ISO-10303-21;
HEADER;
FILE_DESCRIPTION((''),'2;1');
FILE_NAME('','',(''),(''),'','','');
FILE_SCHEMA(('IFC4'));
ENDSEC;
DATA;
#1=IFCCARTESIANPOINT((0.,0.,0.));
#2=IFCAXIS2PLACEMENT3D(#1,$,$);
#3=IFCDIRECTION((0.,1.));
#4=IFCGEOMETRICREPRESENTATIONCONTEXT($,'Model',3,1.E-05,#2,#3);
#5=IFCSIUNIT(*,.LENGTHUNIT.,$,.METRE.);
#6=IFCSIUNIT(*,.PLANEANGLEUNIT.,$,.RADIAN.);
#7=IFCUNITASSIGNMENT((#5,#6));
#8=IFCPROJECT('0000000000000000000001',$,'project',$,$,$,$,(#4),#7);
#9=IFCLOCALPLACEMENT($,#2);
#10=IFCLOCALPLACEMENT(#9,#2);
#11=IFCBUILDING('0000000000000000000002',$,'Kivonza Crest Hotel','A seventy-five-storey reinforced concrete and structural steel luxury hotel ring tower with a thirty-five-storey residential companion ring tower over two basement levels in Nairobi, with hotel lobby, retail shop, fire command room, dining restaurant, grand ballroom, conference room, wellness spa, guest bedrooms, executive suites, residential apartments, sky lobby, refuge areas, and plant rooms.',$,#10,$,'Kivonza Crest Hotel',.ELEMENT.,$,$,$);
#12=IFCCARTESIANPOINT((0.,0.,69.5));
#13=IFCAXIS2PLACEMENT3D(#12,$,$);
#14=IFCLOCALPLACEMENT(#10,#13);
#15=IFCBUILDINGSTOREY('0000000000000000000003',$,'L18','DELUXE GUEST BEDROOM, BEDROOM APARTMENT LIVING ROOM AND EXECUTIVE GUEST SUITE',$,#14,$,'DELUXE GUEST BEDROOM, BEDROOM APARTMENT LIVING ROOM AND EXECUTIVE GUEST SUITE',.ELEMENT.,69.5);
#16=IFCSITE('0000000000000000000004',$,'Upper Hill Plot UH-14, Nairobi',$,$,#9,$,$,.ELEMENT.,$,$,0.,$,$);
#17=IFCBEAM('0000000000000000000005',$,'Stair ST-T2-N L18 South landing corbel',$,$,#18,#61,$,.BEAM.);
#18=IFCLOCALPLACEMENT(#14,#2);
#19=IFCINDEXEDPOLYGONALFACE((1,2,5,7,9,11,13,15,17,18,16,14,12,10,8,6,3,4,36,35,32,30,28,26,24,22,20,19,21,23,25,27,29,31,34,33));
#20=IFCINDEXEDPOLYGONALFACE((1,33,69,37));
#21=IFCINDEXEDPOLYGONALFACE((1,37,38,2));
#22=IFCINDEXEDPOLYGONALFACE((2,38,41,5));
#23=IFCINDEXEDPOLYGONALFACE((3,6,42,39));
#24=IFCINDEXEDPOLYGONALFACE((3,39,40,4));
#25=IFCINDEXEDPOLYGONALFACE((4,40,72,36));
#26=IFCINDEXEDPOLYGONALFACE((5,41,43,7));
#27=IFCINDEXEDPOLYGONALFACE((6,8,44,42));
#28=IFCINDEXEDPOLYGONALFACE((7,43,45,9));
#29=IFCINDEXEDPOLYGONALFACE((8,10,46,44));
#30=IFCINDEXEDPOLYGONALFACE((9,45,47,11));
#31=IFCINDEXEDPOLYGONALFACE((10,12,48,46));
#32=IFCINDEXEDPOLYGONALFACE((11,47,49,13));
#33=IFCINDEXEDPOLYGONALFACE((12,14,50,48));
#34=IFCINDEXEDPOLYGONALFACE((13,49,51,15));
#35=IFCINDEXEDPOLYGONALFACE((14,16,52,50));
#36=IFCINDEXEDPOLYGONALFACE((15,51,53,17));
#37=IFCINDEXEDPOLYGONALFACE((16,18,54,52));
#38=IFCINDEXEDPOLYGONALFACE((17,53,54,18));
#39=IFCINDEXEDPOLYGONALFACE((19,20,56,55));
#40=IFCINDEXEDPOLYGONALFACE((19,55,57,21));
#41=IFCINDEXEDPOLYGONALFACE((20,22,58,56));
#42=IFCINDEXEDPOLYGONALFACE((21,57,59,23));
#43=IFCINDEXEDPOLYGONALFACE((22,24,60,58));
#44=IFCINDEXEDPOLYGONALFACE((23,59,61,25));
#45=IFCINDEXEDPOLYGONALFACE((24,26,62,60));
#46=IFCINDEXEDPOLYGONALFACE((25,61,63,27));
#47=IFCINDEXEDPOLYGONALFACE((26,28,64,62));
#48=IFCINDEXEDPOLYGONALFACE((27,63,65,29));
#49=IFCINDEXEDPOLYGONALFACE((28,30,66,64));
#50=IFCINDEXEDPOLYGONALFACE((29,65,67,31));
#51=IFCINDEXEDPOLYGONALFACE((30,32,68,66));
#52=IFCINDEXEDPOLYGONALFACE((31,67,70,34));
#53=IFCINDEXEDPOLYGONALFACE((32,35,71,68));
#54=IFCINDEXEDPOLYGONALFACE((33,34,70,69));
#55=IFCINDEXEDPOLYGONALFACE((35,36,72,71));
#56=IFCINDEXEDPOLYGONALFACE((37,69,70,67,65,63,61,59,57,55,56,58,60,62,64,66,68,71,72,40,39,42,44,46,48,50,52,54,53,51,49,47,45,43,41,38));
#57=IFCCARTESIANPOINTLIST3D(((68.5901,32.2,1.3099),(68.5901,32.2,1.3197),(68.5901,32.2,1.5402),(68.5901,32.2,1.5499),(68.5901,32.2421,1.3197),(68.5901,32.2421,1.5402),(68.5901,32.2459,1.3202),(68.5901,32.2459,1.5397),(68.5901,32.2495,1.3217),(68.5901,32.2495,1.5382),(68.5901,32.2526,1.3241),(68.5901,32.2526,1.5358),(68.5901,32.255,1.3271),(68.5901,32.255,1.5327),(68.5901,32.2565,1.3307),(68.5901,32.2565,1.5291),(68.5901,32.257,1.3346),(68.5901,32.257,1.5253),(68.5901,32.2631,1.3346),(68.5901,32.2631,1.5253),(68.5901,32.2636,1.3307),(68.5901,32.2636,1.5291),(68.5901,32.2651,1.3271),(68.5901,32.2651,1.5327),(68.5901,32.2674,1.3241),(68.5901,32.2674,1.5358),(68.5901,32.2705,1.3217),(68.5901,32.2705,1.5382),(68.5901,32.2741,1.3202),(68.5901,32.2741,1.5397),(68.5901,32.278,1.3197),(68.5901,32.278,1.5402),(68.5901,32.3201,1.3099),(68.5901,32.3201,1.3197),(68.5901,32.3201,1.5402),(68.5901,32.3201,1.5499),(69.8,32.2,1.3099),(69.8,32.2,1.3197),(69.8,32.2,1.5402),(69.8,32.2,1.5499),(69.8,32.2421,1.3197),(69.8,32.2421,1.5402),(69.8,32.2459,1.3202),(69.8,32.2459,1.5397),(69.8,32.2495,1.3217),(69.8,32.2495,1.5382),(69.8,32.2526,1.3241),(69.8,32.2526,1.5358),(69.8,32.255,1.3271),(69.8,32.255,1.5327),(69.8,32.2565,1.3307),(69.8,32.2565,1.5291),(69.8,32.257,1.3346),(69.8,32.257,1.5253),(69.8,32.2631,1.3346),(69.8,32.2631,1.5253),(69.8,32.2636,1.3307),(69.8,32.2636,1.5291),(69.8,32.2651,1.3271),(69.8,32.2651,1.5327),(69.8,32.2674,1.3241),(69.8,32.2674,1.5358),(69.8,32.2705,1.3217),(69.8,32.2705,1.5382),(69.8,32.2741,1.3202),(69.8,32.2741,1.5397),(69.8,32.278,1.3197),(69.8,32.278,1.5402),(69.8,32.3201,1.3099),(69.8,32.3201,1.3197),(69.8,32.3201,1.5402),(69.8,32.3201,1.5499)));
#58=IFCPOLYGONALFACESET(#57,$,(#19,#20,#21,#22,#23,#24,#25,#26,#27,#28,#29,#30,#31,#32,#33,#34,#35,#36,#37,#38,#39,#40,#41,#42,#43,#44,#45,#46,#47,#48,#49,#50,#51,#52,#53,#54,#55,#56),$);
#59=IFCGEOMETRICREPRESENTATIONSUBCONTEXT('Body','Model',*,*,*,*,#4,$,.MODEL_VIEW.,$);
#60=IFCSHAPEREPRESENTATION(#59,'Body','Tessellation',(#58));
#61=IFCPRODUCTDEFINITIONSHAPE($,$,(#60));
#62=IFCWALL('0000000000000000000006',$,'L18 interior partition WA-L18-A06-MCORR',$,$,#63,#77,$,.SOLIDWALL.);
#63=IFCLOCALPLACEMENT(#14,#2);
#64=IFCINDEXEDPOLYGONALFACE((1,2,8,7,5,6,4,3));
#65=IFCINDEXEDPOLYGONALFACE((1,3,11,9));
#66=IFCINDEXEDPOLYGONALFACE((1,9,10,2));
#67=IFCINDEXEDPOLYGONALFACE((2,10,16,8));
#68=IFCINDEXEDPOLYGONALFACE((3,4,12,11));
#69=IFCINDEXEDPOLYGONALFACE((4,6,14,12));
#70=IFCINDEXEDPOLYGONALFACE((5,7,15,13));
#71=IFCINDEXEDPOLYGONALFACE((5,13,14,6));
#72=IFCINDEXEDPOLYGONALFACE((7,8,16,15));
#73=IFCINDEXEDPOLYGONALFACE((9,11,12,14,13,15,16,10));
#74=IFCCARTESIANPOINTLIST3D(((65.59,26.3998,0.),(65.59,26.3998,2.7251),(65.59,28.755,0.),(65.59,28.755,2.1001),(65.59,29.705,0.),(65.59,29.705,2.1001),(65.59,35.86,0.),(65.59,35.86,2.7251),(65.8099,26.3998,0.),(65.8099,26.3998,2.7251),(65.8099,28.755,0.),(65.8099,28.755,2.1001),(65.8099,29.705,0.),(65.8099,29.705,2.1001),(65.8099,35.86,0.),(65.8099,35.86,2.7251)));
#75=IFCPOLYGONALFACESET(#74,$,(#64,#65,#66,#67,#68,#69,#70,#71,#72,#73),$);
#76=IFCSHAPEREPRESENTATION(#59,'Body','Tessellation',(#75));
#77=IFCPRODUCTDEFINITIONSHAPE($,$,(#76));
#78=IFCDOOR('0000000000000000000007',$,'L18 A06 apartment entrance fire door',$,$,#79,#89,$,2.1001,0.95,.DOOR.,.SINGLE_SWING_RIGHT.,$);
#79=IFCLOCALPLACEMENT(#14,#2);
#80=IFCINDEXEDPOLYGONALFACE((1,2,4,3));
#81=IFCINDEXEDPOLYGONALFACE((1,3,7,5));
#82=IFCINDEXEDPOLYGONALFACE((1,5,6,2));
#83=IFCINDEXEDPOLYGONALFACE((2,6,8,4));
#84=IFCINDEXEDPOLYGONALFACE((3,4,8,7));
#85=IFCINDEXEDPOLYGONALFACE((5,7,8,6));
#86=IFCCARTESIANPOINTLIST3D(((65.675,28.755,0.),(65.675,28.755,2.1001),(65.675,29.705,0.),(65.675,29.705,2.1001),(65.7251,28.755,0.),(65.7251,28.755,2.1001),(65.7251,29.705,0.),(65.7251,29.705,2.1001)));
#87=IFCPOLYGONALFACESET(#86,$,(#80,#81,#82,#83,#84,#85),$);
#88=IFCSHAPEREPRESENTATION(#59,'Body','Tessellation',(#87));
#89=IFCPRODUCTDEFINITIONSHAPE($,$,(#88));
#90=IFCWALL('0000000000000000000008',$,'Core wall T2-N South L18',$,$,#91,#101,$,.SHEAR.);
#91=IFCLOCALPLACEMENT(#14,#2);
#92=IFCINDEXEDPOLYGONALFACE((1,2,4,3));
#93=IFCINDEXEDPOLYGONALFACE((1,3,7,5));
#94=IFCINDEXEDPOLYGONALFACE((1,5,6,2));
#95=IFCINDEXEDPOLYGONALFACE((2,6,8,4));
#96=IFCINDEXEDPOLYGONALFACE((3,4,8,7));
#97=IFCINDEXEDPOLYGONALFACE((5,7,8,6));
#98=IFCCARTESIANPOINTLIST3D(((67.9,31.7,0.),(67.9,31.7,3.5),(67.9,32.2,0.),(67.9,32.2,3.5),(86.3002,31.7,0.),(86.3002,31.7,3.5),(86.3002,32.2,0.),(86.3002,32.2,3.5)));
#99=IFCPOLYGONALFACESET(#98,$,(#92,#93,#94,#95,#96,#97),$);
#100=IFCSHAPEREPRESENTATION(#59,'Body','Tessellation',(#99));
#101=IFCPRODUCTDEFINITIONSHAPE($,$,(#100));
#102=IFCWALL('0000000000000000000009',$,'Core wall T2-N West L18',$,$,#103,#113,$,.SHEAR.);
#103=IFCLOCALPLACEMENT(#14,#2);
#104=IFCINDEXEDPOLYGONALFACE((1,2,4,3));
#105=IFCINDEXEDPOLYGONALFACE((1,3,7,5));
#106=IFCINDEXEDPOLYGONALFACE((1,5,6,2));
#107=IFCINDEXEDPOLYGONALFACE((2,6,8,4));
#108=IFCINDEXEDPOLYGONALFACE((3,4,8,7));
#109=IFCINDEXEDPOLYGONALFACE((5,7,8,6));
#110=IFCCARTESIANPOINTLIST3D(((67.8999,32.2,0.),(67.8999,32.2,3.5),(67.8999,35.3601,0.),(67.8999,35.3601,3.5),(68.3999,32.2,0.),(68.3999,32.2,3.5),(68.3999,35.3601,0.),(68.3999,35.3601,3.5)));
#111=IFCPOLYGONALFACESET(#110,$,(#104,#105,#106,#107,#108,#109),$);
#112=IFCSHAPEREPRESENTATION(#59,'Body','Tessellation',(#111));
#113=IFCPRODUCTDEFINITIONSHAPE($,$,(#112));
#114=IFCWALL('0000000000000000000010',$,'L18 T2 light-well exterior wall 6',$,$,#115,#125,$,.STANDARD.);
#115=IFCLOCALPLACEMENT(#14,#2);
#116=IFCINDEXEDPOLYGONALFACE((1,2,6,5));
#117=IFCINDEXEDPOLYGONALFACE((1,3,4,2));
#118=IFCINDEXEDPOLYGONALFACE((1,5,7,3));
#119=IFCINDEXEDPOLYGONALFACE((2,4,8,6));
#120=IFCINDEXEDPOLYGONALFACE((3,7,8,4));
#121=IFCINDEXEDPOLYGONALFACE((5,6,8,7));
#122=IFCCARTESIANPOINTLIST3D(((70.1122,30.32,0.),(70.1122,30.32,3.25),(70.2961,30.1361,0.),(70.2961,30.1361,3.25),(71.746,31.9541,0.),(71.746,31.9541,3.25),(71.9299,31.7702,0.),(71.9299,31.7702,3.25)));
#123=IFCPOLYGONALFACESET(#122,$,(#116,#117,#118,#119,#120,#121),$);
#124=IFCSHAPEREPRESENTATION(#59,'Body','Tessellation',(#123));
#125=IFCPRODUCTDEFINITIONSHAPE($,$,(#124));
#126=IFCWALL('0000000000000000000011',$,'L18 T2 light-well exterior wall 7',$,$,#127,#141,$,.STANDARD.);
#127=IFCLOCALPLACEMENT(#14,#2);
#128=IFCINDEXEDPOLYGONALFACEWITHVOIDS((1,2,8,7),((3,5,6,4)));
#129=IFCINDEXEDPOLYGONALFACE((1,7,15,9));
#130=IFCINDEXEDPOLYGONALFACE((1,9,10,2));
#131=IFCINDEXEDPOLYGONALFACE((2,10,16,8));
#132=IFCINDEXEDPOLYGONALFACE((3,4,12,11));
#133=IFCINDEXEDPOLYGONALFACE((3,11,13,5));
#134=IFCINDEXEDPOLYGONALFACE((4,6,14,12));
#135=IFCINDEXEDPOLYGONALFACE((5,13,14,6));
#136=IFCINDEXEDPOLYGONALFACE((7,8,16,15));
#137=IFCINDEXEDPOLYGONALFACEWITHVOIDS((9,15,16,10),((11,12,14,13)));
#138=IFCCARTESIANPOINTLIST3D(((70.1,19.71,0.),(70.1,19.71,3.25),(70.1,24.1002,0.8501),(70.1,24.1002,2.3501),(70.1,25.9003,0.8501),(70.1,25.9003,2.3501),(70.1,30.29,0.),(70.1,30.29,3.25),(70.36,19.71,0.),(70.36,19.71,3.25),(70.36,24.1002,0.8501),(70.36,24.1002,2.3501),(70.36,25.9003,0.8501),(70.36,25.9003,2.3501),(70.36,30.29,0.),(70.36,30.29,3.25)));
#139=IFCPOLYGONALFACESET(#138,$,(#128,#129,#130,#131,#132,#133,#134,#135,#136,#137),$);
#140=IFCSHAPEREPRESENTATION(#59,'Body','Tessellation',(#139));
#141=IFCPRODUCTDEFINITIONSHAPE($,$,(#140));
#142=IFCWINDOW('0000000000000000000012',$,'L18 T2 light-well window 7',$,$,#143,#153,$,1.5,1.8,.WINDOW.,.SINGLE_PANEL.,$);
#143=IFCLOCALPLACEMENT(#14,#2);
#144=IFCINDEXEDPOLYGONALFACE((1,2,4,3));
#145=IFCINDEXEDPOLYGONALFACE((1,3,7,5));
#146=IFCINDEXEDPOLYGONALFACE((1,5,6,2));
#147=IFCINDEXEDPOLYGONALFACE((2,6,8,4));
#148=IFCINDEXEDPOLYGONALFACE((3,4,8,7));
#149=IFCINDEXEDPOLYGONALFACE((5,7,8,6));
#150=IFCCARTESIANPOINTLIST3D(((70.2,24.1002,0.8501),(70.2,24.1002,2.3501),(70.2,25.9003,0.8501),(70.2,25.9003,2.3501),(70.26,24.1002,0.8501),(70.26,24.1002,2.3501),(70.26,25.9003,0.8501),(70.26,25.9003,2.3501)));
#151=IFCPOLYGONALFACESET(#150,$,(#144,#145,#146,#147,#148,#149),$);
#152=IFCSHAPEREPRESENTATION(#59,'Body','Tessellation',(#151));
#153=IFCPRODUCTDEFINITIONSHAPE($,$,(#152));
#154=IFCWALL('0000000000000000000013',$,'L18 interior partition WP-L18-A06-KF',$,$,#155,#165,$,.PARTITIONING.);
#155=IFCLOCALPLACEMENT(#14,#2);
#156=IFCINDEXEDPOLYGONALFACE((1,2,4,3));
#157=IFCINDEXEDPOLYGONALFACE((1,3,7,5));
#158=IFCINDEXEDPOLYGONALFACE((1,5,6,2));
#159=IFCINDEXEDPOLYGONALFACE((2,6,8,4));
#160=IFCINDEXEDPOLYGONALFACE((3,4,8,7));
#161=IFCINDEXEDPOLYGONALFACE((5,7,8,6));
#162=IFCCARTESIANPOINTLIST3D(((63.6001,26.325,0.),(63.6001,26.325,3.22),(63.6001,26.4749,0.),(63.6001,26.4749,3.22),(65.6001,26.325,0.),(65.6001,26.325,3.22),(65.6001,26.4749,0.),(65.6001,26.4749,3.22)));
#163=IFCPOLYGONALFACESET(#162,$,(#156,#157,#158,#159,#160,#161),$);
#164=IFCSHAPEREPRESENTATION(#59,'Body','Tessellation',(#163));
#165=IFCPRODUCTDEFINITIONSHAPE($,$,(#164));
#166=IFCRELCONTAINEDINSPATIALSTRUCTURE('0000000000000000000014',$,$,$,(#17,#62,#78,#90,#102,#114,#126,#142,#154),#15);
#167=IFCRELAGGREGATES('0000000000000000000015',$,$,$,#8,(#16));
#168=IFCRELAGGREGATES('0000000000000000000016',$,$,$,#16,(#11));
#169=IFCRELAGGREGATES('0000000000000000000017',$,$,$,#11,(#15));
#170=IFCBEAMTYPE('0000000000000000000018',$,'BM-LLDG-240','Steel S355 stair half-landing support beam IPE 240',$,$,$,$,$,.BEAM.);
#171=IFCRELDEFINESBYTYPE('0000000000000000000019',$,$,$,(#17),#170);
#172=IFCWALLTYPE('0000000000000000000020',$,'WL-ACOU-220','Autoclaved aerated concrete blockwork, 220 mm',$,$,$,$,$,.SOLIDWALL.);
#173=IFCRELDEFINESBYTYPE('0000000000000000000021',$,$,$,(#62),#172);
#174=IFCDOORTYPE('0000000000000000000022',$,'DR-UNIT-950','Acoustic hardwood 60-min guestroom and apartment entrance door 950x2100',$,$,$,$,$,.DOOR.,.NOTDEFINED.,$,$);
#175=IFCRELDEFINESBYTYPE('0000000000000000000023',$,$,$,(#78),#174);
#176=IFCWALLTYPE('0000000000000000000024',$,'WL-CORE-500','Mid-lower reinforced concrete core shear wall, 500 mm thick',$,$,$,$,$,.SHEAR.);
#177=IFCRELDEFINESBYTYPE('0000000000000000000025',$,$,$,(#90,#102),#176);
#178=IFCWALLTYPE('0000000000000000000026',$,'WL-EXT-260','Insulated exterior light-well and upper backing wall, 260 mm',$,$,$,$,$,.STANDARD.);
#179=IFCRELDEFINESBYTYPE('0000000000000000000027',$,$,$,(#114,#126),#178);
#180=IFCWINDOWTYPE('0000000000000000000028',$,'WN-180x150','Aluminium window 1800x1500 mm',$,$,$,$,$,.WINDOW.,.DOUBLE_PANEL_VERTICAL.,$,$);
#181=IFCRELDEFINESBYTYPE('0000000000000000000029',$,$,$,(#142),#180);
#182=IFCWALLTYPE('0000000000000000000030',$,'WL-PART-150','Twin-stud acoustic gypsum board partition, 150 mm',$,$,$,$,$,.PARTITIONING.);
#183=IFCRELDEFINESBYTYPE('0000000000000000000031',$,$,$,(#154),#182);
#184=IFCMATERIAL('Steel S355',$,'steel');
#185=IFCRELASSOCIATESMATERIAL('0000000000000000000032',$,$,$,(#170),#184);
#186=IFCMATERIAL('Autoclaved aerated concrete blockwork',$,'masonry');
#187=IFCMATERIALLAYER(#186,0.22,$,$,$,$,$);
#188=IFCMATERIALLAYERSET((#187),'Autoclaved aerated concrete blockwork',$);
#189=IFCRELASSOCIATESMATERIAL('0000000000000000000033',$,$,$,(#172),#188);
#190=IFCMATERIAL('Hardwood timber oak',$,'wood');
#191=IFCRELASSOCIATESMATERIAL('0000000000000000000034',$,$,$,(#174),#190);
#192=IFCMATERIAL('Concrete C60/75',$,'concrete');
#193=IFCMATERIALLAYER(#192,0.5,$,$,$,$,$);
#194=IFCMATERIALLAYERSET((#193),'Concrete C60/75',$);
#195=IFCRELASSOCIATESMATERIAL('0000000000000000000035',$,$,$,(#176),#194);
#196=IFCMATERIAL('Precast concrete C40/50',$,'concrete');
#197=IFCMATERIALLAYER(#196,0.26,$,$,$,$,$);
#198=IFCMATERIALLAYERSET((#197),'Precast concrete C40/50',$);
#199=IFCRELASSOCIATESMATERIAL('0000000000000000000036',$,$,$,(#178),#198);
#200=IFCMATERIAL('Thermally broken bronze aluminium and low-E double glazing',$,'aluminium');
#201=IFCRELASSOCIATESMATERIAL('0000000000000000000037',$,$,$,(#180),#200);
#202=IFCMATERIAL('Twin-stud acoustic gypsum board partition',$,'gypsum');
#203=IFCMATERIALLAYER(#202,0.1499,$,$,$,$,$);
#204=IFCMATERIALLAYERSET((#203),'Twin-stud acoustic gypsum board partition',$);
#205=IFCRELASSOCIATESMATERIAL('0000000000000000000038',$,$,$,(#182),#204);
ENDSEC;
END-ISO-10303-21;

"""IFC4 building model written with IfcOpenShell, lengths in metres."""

from ifc_helpers import new_model, si_unit, direction, frame, frame_2d, origin, origin_2d, place, context, subcontext, project, spatial, rectangle, i_section, extrude, material, layer, layer_set, material_profile, profile_set, type_object, element, fill, save


model = new_model("IFC4")

# Units and contexts
model_context = context("Model", 3, precision=1e-05, world=origin(), true_north=direction((0.0, 1.0)))
body_context = subcontext(model_context, "Body", "Model", "MODEL_VIEW")
ifc_project = project(units=[si_unit("LENGTHUNIT", "METRE"), si_unit("PLANEANGLEUNIT", "RADIAN")], contexts=[model_context])

# Site, building, storey
site_placement = place(None, origin())
site = spatial("IfcSite", under=ifc_project, at=site_placement, Name="Upper Hill Plot UH-14, Nairobi", CompositionType="ELEMENT", RefElevation=0.0)
building_placement = place(site_placement, origin())
building = spatial("IfcBuilding", under=site, at=building_placement, Name="Kivonza Crest Hotel", Description="A seventy-five-storey reinforced concrete and structural steel luxury hotel ring tower with a thirty-five-storey residential companion ring tower over two basement levels in Nairobi, with hotel lobby, retail shop, fire command room, dining restaurant, grand ballroom, conference room, wellness spa, guest bedrooms, executive suites, residential apartments, sky lobby, refuge areas, and plant rooms.", LongName="Kivonza Crest Hotel", CompositionType="ELEMENT")
storey_placement = place(building_placement, frame((0.0, 0.0, 69.5)))
storey = spatial("IfcBuildingStorey", under=building, at=storey_placement, Name="L18", Description="DELUXE GUEST BEDROOM, BEDROOM APARTMENT LIVING ROOM AND EXECUTIVE GUEST SUITE", LongName="DELUXE GUEST BEDROOM, BEDROOM APARTMENT LIVING ROOM AND EXECUTIVE GUEST SUITE", CompositionType="ELEMENT", Elevation=69.5)

# Beam
ifc_material_1 = material(Name="Steel S355", Category="steel")
ifc_material_profile_1 = material_profile(ifc_material_1, i_section(OverallWidth=0.1201, OverallDepth=0.24, WebThickness=0.0061, FlangeThickness=0.0098, FilletRadius=0.0149, at=origin_2d()), Name="IPE 240")
ifc_profile_set_1 = profile_set([ifc_material_profile_1], Name="Steel S355")
beam_type_1 = type_object("IfcBeamType", Name="BM-LLDG-240", Description="Steel S355 stair half-landing support beam IPE 240", PredefinedType="BEAM", material=ifc_profile_set_1)
beam_1_placement = place(storey_placement, frame((68.5901, 32.26, 1.4299), z_axis=(1.0, 0.0, 0.0), x_axis=(0.0, 1.0, 0.0)))
element("IfcBeam", 1, at=beam_1_placement, inside=storey, type_object=beam_type_1, Name="Stair ST-T2-N L18 South landing corbel", PredefinedType="BEAM", context=body_context, shape_type="SweptSolid", body=[
    extrude(i_section(OverallWidth=0.1201, OverallDepth=0.24, WebThickness=0.0061, FlangeThickness=0.0098, FilletRadius=0.0149, at=origin_2d()), origin(), (0.0, 0.0, 1.0), 1.21),
])

# Wall, opening, door
ifc_material_2 = material(Name="Autoclaved aerated concrete blockwork", Category="masonry")
ifc_layer_1 = layer(ifc_material_2, 0.22)
ifc_layer_set_1 = layer_set([ifc_layer_1], Name="Autoclaved aerated concrete blockwork")
wall_type_1 = type_object("IfcWallType", Name="WL-ACOU-220", Description="Autoclaved aerated concrete blockwork, 220 mm", PredefinedType="SOLIDWALL", material=ifc_layer_set_1)
wall_1_placement = place(storey_placement, frame((65.7, 26.3999, 0.0), z_axis=(0.0, 0.0, 1.0), x_axis=(0.0, 1.0, 0.0)))
wall_1 = element("IfcWall", 2, at=wall_1_placement, inside=storey, type_object=wall_type_1, Name="L18 interior partition WA-L18-A06-MCORR", PredefinedType="SOLIDWALL", context=body_context, shape_type="SweptSolid", body=[
    extrude(rectangle(XDim=9.4602, YDim=0.22, at=frame_2d((4.73, 0.0))), origin(), (0.0, 0.0, 1.0), 2.7251),
])
opening_1_placement = place(wall_1_placement, frame((2.355, 0.0, 0.0)))
opening_1 = element("IfcOpeningElement", 3, at=opening_1_placement, cuts=wall_1, PredefinedType="OPENING", context=body_context, shape_type="SweptSolid", body=[
    extrude(rectangle(XDim=0.95, YDim=2.1001, at=frame_2d((0.4751, 1.05))), frame((0.0, 0.1201, 0.0), z_axis=(0.0, -1.0, 0.0), x_axis=(1.0, 0.0, 0.0)), (0.0, 0.0, 1.0), 0.24),
])
ifc_material_3 = material(Name="Hardwood timber oak", Category="wood")
door_type_1 = type_object("IfcDoorType", Name="DR-UNIT-950", Description="Acoustic hardwood 60-min guestroom and apartment entrance door 950x2100", OperationType="NOTDEFINED", PredefinedType="DOOR", material=ifc_material_3)
door_1_placement = place(opening_1_placement, origin())
door_1 = element("IfcDoor", 4, at=door_1_placement, inside=storey, type_object=door_type_1, Name="L18 A06 apartment entrance fire door", OperationType="SINGLE_SWING_RIGHT", OverallHeight=2.1001, OverallWidth=0.95, PredefinedType="DOOR", context=body_context, shape_type="SweptSolid", body=[
    extrude(rectangle(XDim=0.95, YDim=2.1001, at=frame_2d((0.4751, 1.05))), frame((0.0, 0.0249, 0.0), z_axis=(0.0, -1.0, 0.0), x_axis=(1.0, 0.0, 0.0)), (0.0, 0.0, 1.0), 0.05),
])
fill(opening_1, door_1)

# Walls
ifc_material_4 = material(Name="Concrete C60/75", Category="concrete")
ifc_layer_2 = layer(ifc_material_4, 0.5)
ifc_layer_set_2 = layer_set([ifc_layer_2], Name="Concrete C60/75")
wall_type_2 = type_object("IfcWallType", Name="WL-CORE-500", Description="Mid-lower reinforced concrete core shear wall, 500 mm thick", PredefinedType="SHEAR", material=ifc_layer_set_2)
wall_2_placement = place(storey_placement, frame((67.8999, 31.95, 0.0), z_axis=(0.0, 0.0, 1.0), x_axis=(1.0, 0.0, 0.0)))
element("IfcWall", 5, at=wall_2_placement, inside=storey, type_object=wall_type_2, Name="Core wall T2-N South L18", PredefinedType="SHEAR", context=body_context, shape_type="SweptSolid", body=[
    extrude(rectangle(XDim=18.4001, YDim=0.5, at=frame_2d((9.2002, 0.0))), origin(), (0.0, 0.0, 1.0), 3.5),
])
wall_3_placement = place(storey_placement, frame((68.1499, 32.2, 0.0), z_axis=(0.0, 0.0, 1.0), x_axis=(0.0, 1.0, 0.0)))
element("IfcWall", 6, at=wall_3_placement, inside=storey, type_object=wall_type_2, Name="Core wall T2-N West L18", PredefinedType="SHEAR", context=body_context, shape_type="SweptSolid", body=[
    extrude(rectangle(XDim=3.1602, YDim=0.5, at=frame_2d((1.5801, 0.0))), origin(), (0.0, 0.0, 1.0), 3.5),
])
ifc_material_5 = material(Name="Precast concrete C40/50", Category="concrete")
ifc_layer_3 = layer(ifc_material_5, 0.26)
ifc_layer_set_3 = layer_set([ifc_layer_3], Name="Precast concrete C40/50")
wall_type_3 = type_object("IfcWallType", Name="WL-EXT-260", Description="Insulated exterior light-well and upper backing wall, 260 mm", PredefinedType="STANDARD", material=ifc_layer_set_3)
wall_4_placement = place(storey_placement, frame((71.8379, 31.8621, 0.0), z_axis=(0.0, 0.0, 1.0), x_axis=(-0.707054, -0.70716, 0.0)))
element("IfcWall", 7, at=wall_4_placement, inside=storey, type_object=wall_type_3, Name="L18 T2 light-well exterior wall 6", PredefinedType="STANDARD", context=body_context, shape_type="SweptSolid", body=[
    extrude(rectangle(XDim=2.3108, YDim=0.26, at=frame_2d((1.1553, 0.0))), origin(), (0.0, 0.0, 1.0), 3.25),
])

# Wall, opening, window
wall_5_placement = place(storey_placement, frame((70.23, 30.29, 0.0), z_axis=(0.0, 0.0, 1.0), x_axis=(0.0, -1.0, 0.0)))
wall_5 = element("IfcWall", 8, at=wall_5_placement, inside=storey, type_object=wall_type_3, Name="L18 T2 light-well exterior wall 7", PredefinedType="STANDARD", context=body_context, shape_type="SweptSolid", body=[
    extrude(rectangle(XDim=10.5801, YDim=0.26, at=frame_2d((5.29, 0.0))), origin(), (0.0, 0.0, 1.0), 3.25),
])
opening_2_placement = place(wall_5_placement, frame((4.3899, 0.0, 0.8501)))
opening_2 = element("IfcOpeningElement", 9, at=opening_2_placement, cuts=wall_5, PredefinedType="OPENING", context=body_context, shape_type="SweptSolid", body=[
    extrude(rectangle(XDim=1.8, YDim=1.5, at=frame_2d((0.8999, 0.75))), frame((0.0, 0.1401, 0.0), z_axis=(0.0, -1.0, 0.0), x_axis=(1.0, 0.0, 0.0)), (0.0, 0.0, 1.0), 0.28),
])
ifc_material_6 = material(Name="Thermally broken bronze aluminium and low-E double glazing", Category="aluminium")
window_type = type_object("IfcWindowType", Name="WN-180x150", Description="Aluminium window 1800x1500 mm", PartitioningType="DOUBLE_PANEL_VERTICAL", PredefinedType="WINDOW", material=ifc_material_6)
window_placement = place(opening_2_placement, origin())
window = element("IfcWindow", 10, at=window_placement, inside=storey, type_object=window_type, Name="L18 T2 light-well window 7", OverallHeight=1.5, OverallWidth=1.8, PartitioningType="SINGLE_PANEL", PredefinedType="WINDOW", context=body_context, shape_type="SweptSolid", body=[
    extrude(rectangle(XDim=1.8, YDim=1.5, at=frame_2d((0.8999, 0.75))), frame((0.0, 0.03, 0.0), z_axis=(0.0, -1.0, 0.0), x_axis=(1.0, 0.0, 0.0)), (0.0, 0.0, 1.0), 0.0601),
])
fill(opening_2, window)

# Wall
ifc_material_7 = material(Name="Twin-stud acoustic gypsum board partition", Category="gypsum")
ifc_layer_4 = layer(ifc_material_7, 0.1499)
ifc_layer_set_4 = layer_set([ifc_layer_4], Name="Twin-stud acoustic gypsum board partition")
wall_type_4 = type_object("IfcWallType", Name="WL-PART-150", Description="Twin-stud acoustic gypsum board partition, 150 mm", PredefinedType="PARTITIONING", material=ifc_layer_set_4)
wall_6_placement = place(storey_placement, frame((63.6001, 26.3999, 0.0), z_axis=(0.0, 0.0, 1.0), x_axis=(1.0, 0.0, 0.0)))
element("IfcWall", 11, at=wall_6_placement, inside=storey, type_object=wall_type_4, Name="L18 interior partition WP-L18-A06-KF", PredefinedType="PARTITIONING", context=body_context, shape_type="SweptSolid", body=[
    extrude(rectangle(XDim=2.0, YDim=0.1499, at=frame_2d((1.0, 0.0))), origin(), (0.0, 0.0, 1.0), 3.22),
])

save(model, "model.ifc")
